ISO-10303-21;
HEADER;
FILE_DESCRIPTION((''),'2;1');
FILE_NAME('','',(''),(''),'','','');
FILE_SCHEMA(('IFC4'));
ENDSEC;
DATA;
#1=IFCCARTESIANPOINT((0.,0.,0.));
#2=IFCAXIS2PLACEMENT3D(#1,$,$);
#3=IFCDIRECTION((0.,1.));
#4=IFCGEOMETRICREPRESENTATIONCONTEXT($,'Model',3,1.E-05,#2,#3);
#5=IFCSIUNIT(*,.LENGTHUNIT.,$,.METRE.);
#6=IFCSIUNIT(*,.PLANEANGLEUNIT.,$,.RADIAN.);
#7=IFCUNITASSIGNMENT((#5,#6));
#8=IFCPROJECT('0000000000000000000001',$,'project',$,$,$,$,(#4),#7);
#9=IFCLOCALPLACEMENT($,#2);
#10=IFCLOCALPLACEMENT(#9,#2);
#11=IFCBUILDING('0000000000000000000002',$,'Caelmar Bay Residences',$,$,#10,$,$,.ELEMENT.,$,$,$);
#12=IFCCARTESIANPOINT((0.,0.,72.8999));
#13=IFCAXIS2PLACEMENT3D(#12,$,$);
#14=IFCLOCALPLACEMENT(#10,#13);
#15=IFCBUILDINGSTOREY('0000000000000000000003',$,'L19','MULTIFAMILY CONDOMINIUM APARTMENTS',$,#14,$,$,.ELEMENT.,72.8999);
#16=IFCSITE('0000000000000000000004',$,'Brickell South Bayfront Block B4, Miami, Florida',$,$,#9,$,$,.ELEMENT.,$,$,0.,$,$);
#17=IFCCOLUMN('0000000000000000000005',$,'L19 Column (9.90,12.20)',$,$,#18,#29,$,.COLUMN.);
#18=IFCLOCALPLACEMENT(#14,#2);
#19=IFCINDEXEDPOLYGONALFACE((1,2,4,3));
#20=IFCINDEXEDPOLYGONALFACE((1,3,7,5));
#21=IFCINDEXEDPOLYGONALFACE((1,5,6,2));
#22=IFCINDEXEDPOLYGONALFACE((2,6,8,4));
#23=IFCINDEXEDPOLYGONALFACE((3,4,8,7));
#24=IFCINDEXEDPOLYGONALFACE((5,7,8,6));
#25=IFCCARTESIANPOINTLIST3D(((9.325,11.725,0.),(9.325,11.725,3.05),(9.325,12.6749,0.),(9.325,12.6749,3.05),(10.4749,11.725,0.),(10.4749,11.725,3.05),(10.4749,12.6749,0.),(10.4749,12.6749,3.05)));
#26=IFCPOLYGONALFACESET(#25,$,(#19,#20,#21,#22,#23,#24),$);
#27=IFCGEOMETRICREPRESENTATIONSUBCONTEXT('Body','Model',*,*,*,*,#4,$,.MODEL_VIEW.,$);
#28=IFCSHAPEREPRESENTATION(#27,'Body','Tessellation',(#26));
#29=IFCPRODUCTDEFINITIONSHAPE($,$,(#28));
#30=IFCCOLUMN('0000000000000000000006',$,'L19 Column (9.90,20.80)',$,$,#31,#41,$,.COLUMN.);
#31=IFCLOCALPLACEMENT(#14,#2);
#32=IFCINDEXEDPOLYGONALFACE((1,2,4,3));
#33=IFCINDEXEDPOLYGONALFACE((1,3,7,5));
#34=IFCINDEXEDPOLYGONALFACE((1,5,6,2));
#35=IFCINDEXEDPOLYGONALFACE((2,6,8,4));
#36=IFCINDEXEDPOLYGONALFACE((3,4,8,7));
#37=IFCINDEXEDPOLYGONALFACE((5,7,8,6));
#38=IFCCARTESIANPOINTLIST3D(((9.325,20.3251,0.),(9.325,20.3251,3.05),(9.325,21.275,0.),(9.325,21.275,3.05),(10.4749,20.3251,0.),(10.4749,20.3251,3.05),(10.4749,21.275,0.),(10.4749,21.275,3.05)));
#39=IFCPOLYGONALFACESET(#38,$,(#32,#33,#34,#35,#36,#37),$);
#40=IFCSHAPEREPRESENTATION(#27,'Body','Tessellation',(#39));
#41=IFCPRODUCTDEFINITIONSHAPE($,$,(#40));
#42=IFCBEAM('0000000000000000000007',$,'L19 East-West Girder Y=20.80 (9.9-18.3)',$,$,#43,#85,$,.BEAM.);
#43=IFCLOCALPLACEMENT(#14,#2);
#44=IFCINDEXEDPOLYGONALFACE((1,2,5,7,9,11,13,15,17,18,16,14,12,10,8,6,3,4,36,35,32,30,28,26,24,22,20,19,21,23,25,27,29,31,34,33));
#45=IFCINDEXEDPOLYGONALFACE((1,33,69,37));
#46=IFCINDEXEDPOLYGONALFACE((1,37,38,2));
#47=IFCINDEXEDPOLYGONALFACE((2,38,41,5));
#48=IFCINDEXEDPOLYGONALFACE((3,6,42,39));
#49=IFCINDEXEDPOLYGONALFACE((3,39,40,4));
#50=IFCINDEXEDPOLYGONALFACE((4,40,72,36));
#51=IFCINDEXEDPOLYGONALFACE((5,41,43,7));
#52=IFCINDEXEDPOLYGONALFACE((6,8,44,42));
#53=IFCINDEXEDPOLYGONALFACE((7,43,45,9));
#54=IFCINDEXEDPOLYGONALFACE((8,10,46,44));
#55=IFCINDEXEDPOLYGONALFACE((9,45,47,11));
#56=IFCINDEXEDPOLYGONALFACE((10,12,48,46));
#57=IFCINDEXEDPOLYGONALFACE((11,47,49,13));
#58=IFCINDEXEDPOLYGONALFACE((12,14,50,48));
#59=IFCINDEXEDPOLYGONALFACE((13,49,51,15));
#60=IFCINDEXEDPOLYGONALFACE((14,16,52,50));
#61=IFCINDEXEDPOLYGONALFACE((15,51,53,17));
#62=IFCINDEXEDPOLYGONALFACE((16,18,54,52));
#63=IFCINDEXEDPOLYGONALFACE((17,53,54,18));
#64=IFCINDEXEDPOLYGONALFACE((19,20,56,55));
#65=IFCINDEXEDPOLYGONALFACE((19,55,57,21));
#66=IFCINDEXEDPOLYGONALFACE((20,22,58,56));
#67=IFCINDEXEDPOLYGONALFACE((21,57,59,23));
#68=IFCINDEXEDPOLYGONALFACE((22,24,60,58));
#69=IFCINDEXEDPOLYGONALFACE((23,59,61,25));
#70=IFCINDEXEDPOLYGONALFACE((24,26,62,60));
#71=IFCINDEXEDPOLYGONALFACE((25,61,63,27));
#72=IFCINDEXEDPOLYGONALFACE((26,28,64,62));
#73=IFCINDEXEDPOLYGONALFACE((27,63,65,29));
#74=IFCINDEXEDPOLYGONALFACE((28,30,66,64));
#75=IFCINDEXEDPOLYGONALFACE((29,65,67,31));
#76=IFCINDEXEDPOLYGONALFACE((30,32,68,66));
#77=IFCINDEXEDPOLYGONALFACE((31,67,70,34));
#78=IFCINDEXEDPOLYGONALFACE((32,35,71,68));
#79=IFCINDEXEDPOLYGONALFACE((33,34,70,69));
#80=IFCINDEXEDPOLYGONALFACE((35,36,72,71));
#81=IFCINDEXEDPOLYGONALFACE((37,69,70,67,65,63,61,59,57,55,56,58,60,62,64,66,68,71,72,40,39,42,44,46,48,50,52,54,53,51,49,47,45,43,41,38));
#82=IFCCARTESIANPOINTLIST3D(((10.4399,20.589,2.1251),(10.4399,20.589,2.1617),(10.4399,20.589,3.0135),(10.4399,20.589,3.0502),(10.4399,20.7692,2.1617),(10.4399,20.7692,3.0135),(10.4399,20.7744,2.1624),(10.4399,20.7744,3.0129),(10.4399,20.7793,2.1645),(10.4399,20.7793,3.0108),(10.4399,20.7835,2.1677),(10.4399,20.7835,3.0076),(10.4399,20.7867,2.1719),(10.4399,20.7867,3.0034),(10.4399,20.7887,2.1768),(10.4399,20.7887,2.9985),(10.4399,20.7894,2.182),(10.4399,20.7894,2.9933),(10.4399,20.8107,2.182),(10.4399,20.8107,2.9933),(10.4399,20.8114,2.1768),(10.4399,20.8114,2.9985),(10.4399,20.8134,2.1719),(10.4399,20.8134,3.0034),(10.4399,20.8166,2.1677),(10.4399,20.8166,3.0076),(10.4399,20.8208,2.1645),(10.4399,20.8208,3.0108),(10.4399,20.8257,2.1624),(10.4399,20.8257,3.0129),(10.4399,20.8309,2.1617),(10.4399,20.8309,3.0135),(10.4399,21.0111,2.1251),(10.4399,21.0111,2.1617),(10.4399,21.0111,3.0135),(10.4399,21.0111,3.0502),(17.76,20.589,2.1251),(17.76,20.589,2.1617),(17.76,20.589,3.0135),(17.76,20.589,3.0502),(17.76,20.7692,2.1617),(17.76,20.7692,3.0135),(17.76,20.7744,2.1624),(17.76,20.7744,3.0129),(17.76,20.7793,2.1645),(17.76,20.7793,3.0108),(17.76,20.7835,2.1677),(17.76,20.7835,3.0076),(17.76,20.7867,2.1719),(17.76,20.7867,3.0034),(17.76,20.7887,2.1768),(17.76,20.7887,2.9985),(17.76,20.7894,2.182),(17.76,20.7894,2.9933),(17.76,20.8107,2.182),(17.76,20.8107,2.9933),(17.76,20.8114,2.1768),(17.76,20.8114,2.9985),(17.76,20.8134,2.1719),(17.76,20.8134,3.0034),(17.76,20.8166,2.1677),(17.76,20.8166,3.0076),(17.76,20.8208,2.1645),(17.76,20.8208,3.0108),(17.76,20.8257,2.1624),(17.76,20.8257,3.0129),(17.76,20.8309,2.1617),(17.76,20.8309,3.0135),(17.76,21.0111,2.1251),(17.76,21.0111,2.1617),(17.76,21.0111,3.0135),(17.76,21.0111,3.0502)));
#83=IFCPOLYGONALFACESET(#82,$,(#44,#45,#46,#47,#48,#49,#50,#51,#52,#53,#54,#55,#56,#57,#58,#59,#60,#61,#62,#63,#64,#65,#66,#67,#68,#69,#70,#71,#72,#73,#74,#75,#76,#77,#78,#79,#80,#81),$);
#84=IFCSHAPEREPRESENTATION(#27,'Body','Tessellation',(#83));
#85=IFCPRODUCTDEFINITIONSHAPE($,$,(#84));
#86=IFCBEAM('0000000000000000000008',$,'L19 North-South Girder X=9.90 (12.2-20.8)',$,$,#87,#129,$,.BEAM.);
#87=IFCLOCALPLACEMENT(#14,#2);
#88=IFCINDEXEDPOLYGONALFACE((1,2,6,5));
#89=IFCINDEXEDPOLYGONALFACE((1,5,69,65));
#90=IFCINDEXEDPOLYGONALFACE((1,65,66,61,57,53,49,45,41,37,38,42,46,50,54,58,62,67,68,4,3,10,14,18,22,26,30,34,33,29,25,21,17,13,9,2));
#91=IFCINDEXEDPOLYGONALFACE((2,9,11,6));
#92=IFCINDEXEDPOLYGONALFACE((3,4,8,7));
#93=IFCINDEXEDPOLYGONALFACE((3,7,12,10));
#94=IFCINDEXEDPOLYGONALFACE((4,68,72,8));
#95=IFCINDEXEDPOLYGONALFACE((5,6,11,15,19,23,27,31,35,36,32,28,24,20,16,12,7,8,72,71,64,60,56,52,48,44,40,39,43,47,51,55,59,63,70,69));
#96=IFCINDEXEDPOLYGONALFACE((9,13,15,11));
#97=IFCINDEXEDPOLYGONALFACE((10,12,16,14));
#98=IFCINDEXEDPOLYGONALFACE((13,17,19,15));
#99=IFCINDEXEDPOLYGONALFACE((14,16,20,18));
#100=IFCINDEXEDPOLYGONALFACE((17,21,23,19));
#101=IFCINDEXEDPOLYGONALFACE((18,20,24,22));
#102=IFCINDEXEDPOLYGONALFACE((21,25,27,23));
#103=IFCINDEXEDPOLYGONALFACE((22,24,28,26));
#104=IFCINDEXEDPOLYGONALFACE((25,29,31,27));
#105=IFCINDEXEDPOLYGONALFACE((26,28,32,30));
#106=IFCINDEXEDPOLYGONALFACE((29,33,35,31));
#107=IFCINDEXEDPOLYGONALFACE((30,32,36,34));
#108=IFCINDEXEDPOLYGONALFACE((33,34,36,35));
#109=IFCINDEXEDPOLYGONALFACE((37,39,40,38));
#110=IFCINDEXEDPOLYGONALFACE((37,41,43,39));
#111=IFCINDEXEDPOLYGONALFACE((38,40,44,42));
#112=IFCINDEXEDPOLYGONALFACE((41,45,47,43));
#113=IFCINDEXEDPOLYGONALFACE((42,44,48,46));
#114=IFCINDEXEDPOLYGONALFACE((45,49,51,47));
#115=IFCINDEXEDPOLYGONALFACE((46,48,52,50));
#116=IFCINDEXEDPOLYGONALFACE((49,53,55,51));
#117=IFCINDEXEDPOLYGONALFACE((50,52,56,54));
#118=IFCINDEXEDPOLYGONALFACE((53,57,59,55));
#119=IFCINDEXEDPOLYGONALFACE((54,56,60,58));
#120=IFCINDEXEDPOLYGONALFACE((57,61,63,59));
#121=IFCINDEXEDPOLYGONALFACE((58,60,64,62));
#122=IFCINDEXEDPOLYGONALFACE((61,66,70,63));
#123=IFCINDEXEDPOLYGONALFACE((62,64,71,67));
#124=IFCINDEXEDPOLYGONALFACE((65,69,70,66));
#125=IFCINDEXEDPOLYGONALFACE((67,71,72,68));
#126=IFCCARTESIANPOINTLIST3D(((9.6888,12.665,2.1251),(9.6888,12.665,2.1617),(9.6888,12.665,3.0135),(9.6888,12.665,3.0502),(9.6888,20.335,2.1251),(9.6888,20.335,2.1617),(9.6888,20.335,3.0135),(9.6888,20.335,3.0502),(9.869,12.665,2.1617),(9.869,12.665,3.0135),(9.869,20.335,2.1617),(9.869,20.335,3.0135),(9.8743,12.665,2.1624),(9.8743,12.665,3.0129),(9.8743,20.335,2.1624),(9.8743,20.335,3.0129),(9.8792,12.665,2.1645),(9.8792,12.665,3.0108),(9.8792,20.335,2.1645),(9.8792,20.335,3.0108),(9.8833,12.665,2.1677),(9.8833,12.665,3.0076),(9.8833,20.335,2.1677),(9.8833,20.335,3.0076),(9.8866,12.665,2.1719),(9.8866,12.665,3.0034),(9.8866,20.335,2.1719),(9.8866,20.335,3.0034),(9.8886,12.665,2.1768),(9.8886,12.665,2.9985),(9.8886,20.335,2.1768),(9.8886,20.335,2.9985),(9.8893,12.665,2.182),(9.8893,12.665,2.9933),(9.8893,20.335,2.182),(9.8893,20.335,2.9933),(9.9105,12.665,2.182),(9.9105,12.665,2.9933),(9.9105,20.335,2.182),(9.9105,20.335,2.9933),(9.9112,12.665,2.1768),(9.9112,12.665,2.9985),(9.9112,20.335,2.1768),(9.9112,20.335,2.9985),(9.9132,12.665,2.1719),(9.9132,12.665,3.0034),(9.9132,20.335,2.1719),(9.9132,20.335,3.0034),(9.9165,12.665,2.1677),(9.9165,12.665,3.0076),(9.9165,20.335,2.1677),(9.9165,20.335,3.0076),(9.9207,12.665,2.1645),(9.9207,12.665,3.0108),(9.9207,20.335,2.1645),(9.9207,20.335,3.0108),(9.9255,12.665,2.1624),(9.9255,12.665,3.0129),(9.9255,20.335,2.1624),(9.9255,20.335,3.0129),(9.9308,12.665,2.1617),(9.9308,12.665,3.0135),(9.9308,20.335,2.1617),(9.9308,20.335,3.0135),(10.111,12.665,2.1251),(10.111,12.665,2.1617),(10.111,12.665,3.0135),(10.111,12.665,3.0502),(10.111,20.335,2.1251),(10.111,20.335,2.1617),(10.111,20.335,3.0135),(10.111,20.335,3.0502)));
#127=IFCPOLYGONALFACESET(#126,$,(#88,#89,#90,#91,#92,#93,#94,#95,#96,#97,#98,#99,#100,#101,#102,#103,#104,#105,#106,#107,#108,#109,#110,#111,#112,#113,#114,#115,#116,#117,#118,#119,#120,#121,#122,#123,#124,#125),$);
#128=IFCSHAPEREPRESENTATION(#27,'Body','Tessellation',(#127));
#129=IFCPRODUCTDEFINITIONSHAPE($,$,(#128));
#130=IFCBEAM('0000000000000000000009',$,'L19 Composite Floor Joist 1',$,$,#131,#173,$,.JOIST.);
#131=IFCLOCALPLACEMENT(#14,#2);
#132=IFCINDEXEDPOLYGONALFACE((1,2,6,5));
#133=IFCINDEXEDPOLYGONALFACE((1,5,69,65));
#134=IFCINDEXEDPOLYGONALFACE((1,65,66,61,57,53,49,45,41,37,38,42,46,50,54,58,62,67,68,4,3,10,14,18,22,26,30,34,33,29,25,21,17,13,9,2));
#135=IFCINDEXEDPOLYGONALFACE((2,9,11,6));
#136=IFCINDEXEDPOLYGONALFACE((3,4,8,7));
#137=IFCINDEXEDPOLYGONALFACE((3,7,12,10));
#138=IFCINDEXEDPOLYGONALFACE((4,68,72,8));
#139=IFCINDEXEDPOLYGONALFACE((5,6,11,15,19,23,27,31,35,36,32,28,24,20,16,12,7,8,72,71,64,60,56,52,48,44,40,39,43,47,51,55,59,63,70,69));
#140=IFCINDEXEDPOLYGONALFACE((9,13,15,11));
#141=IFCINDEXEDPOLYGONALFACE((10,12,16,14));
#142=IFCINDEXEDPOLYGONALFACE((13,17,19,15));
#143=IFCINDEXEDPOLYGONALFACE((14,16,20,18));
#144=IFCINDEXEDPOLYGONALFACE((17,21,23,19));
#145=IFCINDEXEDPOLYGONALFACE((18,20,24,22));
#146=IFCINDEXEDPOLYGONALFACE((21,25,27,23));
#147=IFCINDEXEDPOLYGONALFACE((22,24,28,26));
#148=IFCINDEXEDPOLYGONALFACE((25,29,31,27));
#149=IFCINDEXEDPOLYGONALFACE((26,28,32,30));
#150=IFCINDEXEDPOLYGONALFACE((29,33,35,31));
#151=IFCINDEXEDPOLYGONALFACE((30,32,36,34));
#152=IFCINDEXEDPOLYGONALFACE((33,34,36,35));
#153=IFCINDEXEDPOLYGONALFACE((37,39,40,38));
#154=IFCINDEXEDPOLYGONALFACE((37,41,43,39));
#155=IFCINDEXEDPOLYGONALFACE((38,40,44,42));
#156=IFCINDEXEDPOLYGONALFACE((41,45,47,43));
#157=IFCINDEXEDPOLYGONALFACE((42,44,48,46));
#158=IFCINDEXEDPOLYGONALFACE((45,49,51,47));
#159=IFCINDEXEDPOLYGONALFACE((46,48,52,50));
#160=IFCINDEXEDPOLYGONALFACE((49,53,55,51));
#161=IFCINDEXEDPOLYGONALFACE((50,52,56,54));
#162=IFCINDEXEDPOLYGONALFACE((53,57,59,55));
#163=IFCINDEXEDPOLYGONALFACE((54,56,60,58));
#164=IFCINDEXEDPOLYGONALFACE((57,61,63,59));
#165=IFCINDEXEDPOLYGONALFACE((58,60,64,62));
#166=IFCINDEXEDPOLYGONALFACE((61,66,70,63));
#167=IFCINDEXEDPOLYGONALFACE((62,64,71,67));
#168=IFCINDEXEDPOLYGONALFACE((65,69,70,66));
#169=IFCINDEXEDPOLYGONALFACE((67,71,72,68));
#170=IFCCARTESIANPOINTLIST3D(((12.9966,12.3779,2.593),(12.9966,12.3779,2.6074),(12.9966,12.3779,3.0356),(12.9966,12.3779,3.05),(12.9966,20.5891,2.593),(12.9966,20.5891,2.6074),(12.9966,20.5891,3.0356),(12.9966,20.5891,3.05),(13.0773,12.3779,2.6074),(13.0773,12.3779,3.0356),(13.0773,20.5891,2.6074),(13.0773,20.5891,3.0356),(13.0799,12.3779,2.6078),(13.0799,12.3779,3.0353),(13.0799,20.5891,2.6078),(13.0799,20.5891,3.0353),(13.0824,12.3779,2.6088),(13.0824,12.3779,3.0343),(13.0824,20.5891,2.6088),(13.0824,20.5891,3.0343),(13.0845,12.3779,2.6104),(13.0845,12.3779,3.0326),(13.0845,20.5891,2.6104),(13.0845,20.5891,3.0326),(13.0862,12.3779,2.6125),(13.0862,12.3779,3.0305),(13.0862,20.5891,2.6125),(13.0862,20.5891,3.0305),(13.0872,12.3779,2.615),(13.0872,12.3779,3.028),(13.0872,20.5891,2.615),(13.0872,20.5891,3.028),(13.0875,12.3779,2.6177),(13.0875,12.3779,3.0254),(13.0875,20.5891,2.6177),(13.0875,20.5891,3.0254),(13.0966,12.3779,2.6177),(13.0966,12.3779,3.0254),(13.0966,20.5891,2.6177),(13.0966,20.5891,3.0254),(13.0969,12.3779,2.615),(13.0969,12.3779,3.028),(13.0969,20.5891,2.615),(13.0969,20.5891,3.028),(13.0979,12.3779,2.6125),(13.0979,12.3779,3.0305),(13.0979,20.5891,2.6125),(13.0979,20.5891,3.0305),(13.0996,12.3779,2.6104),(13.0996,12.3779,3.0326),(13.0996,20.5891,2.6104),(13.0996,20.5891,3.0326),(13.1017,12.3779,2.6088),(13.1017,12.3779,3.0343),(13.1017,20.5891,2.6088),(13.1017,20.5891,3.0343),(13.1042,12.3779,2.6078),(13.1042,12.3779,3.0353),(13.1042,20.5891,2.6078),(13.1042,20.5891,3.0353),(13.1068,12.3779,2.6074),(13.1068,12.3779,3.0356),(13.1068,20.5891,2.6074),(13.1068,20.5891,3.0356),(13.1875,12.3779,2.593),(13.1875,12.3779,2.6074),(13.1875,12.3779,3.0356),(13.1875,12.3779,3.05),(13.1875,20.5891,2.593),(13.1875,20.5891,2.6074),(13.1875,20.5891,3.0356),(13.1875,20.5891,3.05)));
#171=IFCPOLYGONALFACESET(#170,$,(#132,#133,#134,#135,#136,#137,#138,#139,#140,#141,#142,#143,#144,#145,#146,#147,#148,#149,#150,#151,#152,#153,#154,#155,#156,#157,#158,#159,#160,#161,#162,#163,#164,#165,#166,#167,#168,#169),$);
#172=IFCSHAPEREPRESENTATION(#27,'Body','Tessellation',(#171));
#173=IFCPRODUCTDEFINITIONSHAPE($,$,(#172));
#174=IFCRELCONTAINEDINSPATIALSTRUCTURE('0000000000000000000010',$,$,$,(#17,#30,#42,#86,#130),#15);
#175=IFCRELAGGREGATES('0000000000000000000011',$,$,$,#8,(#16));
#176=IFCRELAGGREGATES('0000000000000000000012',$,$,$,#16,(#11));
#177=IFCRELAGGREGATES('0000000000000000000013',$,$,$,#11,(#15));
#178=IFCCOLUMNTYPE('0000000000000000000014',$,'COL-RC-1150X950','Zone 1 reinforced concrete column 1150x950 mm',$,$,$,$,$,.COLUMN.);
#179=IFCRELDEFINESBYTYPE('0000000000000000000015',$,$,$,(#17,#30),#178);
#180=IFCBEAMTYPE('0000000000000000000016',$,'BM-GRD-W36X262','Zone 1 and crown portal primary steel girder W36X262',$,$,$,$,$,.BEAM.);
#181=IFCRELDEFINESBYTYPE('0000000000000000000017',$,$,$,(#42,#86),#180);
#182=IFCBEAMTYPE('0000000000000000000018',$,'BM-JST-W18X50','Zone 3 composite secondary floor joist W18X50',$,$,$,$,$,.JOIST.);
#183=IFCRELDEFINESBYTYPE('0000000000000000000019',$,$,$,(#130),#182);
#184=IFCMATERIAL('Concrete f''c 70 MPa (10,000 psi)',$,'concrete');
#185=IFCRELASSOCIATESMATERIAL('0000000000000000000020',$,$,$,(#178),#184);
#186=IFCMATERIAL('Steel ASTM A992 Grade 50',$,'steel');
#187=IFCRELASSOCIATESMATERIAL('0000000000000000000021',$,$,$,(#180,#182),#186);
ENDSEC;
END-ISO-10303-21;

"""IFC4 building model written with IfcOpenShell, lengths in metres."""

from ifc_helpers import new_model, si_unit, direction, frame, origin, origin_2d, place, context, subcontext, project, spatial, rectangle, i_section, extrude, material, material_profile, profile_set, type_object, element, save


model = new_model("IFC4")

# Units and contexts
model_context = context("Model", 3, precision=1e-05, world=origin(), true_north=direction((0.0, 1.0)))
body_context = subcontext(model_context, "Body", "Model", "MODEL_VIEW")
ifc_project = project(units=[si_unit("LENGTHUNIT", "METRE"), si_unit("PLANEANGLEUNIT", "RADIAN")], contexts=[model_context])

# Site, building, storey
site_placement = place(None, origin())
site = spatial("IfcSite", under=ifc_project, at=site_placement, Name="Brickell South Bayfront Block B4, Miami, Florida", CompositionType="ELEMENT", RefElevation=0.0)
building_placement = place(site_placement, origin())
building = spatial("IfcBuilding", under=site, at=building_placement, Name="Caelmar Bay Residences", CompositionType="ELEMENT")
storey_placement = place(building_placement, frame((0.0, 0.0, 72.8999)))
storey = spatial("IfcBuildingStorey", under=building, at=storey_placement, Name="L19", Description="MULTIFAMILY CONDOMINIUM APARTMENTS", CompositionType="ELEMENT", Elevation=72.8999)

# Columns
ifc_material_1 = material(Name="Concrete f'c 70 MPa (10,000 psi)", Category="concrete")
ifc_material_profile_1 = material_profile(ifc_material_1, rectangle(XDim=1.1499, YDim=0.95, at=origin_2d()), Name="RC-COL-1150X950")
ifc_profile_set_1 = profile_set([ifc_material_profile_1], Name="Concrete f'c 70 MPa (10,000 psi)")
column_type = type_object("IfcColumnType", Name="COL-RC-1150X950", Description="Zone 1 reinforced concrete column 1150x950 mm", PredefinedType="COLUMN", material=ifc_profile_set_1)
for number, where, z_axis, x_axis, name in (
    (1, (9.8999, 12.2, 0.0), (0.0, 0.0, 1.0), (1.0, 0.0, 0.0), "L19 Column (9.90,12.20)"),
    (2, (9.8999, 20.8, 0.0), (0.0, 0.0, 1.0), (1.0, 0.0, 0.0), "L19 Column (9.90,20.80)"),
):
    element("IfcColumn", number, at=place(storey_placement, frame(where, z_axis=z_axis, x_axis=x_axis)), inside=storey, type_object=column_type, Name=name, PredefinedType="COLUMN", context=body_context, shape_type="SweptSolid", body=[
        extrude(rectangle(XDim=1.1499, YDim=0.95, at=origin_2d()), origin(), (0.0, 0.0, 1.0), 3.05),
    ])

# Beams
ifc_material_2 = material(Name="Steel ASTM A992 Grade 50", Category="steel")
ifc_material_profile_2 = material_profile(ifc_material_2, i_section(OverallWidth=0.4221, OverallDepth=0.925, WebThickness=0.0212, FlangeThickness=0.0366, FilletRadius=0.0203, at=origin_2d()), Name="W36X262")
ifc_profile_set_2 = profile_set([ifc_material_profile_2], Name="Steel ASTM A992 Grade 50")
beam_type_1 = type_object("IfcBeamType", Name="BM-GRD-W36X262", Description="Zone 1 and crown portal primary steel girder W36X262", PredefinedType="BEAM", material=ifc_profile_set_2)
beam_1_placement = place(storey_placement, frame((10.4399, 20.8, 2.5876), z_axis=(1.0, 0.0, 0.0), x_axis=(0.0, 1.0, 0.0)))
element("IfcBeam", 3, at=beam_1_placement, inside=storey, type_object=beam_type_1, Name="L19 East-West Girder Y=20.80 (9.9-18.3)", PredefinedType="BEAM", context=body_context, shape_type="SweptSolid", body=[
    extrude(i_section(OverallWidth=0.4221, OverallDepth=0.925, WebThickness=0.0212, FlangeThickness=0.0366, FilletRadius=0.0203, at=origin_2d()), origin(), (0.0, 0.0, 1.0), 7.3201),
])
beam_2_placement = place(storey_placement, frame((9.8999, 12.665, 2.5876), z_axis=(0.0, 1.0, 0.0), x_axis=(-1.0, 0.0, 0.0)))
element("IfcBeam", 4, at=beam_2_placement, inside=storey, type_object=beam_type_1, Name="L19 North-South Girder X=9.90 (12.2-20.8)", PredefinedType="BEAM", context=body_context, shape_type="SweptSolid", body=[
    extrude(i_section(OverallWidth=0.4221, OverallDepth=0.925, WebThickness=0.0212, FlangeThickness=0.0366, FilletRadius=0.0203, at=origin_2d()), origin(), (0.0, 0.0, 1.0), 7.6699),
])
ifc_material_profile_3 = material_profile(ifc_material_2, i_section(OverallWidth=0.1909, OverallDepth=0.457, WebThickness=0.009, FlangeThickness=0.0144, FilletRadius=0.0103, at=origin_2d()), Name="W18X50")
ifc_profile_set_3 = profile_set([ifc_material_profile_3], Name="Steel ASTM A992 Grade 50")
beam_type_2 = type_object("IfcBeamType", Name="BM-JST-W18X50", Description="Zone 3 composite secondary floor joist W18X50", PredefinedType="JOIST", material=ifc_profile_set_3)
beam_3_placement = place(storey_placement, frame((13.092, 12.3779, 2.8215), z_axis=(0.0, 1.0, 0.0), x_axis=(-1.0, 0.0, 0.0)))
element("IfcBeam", 5, at=beam_3_placement, inside=storey, type_object=beam_type_2, Name="L19 Composite Floor Joist 1", PredefinedType="JOIST", context=body_context, shape_type="SweptSolid", body=[
    extrude(i_section(OverallWidth=0.1909, OverallDepth=0.457, WebThickness=0.009, FlangeThickness=0.0144, FilletRadius=0.0103, at=origin_2d()), origin(), (0.0, 0.0, 1.0), 8.2112),
])

save(model, "model.ifc")
